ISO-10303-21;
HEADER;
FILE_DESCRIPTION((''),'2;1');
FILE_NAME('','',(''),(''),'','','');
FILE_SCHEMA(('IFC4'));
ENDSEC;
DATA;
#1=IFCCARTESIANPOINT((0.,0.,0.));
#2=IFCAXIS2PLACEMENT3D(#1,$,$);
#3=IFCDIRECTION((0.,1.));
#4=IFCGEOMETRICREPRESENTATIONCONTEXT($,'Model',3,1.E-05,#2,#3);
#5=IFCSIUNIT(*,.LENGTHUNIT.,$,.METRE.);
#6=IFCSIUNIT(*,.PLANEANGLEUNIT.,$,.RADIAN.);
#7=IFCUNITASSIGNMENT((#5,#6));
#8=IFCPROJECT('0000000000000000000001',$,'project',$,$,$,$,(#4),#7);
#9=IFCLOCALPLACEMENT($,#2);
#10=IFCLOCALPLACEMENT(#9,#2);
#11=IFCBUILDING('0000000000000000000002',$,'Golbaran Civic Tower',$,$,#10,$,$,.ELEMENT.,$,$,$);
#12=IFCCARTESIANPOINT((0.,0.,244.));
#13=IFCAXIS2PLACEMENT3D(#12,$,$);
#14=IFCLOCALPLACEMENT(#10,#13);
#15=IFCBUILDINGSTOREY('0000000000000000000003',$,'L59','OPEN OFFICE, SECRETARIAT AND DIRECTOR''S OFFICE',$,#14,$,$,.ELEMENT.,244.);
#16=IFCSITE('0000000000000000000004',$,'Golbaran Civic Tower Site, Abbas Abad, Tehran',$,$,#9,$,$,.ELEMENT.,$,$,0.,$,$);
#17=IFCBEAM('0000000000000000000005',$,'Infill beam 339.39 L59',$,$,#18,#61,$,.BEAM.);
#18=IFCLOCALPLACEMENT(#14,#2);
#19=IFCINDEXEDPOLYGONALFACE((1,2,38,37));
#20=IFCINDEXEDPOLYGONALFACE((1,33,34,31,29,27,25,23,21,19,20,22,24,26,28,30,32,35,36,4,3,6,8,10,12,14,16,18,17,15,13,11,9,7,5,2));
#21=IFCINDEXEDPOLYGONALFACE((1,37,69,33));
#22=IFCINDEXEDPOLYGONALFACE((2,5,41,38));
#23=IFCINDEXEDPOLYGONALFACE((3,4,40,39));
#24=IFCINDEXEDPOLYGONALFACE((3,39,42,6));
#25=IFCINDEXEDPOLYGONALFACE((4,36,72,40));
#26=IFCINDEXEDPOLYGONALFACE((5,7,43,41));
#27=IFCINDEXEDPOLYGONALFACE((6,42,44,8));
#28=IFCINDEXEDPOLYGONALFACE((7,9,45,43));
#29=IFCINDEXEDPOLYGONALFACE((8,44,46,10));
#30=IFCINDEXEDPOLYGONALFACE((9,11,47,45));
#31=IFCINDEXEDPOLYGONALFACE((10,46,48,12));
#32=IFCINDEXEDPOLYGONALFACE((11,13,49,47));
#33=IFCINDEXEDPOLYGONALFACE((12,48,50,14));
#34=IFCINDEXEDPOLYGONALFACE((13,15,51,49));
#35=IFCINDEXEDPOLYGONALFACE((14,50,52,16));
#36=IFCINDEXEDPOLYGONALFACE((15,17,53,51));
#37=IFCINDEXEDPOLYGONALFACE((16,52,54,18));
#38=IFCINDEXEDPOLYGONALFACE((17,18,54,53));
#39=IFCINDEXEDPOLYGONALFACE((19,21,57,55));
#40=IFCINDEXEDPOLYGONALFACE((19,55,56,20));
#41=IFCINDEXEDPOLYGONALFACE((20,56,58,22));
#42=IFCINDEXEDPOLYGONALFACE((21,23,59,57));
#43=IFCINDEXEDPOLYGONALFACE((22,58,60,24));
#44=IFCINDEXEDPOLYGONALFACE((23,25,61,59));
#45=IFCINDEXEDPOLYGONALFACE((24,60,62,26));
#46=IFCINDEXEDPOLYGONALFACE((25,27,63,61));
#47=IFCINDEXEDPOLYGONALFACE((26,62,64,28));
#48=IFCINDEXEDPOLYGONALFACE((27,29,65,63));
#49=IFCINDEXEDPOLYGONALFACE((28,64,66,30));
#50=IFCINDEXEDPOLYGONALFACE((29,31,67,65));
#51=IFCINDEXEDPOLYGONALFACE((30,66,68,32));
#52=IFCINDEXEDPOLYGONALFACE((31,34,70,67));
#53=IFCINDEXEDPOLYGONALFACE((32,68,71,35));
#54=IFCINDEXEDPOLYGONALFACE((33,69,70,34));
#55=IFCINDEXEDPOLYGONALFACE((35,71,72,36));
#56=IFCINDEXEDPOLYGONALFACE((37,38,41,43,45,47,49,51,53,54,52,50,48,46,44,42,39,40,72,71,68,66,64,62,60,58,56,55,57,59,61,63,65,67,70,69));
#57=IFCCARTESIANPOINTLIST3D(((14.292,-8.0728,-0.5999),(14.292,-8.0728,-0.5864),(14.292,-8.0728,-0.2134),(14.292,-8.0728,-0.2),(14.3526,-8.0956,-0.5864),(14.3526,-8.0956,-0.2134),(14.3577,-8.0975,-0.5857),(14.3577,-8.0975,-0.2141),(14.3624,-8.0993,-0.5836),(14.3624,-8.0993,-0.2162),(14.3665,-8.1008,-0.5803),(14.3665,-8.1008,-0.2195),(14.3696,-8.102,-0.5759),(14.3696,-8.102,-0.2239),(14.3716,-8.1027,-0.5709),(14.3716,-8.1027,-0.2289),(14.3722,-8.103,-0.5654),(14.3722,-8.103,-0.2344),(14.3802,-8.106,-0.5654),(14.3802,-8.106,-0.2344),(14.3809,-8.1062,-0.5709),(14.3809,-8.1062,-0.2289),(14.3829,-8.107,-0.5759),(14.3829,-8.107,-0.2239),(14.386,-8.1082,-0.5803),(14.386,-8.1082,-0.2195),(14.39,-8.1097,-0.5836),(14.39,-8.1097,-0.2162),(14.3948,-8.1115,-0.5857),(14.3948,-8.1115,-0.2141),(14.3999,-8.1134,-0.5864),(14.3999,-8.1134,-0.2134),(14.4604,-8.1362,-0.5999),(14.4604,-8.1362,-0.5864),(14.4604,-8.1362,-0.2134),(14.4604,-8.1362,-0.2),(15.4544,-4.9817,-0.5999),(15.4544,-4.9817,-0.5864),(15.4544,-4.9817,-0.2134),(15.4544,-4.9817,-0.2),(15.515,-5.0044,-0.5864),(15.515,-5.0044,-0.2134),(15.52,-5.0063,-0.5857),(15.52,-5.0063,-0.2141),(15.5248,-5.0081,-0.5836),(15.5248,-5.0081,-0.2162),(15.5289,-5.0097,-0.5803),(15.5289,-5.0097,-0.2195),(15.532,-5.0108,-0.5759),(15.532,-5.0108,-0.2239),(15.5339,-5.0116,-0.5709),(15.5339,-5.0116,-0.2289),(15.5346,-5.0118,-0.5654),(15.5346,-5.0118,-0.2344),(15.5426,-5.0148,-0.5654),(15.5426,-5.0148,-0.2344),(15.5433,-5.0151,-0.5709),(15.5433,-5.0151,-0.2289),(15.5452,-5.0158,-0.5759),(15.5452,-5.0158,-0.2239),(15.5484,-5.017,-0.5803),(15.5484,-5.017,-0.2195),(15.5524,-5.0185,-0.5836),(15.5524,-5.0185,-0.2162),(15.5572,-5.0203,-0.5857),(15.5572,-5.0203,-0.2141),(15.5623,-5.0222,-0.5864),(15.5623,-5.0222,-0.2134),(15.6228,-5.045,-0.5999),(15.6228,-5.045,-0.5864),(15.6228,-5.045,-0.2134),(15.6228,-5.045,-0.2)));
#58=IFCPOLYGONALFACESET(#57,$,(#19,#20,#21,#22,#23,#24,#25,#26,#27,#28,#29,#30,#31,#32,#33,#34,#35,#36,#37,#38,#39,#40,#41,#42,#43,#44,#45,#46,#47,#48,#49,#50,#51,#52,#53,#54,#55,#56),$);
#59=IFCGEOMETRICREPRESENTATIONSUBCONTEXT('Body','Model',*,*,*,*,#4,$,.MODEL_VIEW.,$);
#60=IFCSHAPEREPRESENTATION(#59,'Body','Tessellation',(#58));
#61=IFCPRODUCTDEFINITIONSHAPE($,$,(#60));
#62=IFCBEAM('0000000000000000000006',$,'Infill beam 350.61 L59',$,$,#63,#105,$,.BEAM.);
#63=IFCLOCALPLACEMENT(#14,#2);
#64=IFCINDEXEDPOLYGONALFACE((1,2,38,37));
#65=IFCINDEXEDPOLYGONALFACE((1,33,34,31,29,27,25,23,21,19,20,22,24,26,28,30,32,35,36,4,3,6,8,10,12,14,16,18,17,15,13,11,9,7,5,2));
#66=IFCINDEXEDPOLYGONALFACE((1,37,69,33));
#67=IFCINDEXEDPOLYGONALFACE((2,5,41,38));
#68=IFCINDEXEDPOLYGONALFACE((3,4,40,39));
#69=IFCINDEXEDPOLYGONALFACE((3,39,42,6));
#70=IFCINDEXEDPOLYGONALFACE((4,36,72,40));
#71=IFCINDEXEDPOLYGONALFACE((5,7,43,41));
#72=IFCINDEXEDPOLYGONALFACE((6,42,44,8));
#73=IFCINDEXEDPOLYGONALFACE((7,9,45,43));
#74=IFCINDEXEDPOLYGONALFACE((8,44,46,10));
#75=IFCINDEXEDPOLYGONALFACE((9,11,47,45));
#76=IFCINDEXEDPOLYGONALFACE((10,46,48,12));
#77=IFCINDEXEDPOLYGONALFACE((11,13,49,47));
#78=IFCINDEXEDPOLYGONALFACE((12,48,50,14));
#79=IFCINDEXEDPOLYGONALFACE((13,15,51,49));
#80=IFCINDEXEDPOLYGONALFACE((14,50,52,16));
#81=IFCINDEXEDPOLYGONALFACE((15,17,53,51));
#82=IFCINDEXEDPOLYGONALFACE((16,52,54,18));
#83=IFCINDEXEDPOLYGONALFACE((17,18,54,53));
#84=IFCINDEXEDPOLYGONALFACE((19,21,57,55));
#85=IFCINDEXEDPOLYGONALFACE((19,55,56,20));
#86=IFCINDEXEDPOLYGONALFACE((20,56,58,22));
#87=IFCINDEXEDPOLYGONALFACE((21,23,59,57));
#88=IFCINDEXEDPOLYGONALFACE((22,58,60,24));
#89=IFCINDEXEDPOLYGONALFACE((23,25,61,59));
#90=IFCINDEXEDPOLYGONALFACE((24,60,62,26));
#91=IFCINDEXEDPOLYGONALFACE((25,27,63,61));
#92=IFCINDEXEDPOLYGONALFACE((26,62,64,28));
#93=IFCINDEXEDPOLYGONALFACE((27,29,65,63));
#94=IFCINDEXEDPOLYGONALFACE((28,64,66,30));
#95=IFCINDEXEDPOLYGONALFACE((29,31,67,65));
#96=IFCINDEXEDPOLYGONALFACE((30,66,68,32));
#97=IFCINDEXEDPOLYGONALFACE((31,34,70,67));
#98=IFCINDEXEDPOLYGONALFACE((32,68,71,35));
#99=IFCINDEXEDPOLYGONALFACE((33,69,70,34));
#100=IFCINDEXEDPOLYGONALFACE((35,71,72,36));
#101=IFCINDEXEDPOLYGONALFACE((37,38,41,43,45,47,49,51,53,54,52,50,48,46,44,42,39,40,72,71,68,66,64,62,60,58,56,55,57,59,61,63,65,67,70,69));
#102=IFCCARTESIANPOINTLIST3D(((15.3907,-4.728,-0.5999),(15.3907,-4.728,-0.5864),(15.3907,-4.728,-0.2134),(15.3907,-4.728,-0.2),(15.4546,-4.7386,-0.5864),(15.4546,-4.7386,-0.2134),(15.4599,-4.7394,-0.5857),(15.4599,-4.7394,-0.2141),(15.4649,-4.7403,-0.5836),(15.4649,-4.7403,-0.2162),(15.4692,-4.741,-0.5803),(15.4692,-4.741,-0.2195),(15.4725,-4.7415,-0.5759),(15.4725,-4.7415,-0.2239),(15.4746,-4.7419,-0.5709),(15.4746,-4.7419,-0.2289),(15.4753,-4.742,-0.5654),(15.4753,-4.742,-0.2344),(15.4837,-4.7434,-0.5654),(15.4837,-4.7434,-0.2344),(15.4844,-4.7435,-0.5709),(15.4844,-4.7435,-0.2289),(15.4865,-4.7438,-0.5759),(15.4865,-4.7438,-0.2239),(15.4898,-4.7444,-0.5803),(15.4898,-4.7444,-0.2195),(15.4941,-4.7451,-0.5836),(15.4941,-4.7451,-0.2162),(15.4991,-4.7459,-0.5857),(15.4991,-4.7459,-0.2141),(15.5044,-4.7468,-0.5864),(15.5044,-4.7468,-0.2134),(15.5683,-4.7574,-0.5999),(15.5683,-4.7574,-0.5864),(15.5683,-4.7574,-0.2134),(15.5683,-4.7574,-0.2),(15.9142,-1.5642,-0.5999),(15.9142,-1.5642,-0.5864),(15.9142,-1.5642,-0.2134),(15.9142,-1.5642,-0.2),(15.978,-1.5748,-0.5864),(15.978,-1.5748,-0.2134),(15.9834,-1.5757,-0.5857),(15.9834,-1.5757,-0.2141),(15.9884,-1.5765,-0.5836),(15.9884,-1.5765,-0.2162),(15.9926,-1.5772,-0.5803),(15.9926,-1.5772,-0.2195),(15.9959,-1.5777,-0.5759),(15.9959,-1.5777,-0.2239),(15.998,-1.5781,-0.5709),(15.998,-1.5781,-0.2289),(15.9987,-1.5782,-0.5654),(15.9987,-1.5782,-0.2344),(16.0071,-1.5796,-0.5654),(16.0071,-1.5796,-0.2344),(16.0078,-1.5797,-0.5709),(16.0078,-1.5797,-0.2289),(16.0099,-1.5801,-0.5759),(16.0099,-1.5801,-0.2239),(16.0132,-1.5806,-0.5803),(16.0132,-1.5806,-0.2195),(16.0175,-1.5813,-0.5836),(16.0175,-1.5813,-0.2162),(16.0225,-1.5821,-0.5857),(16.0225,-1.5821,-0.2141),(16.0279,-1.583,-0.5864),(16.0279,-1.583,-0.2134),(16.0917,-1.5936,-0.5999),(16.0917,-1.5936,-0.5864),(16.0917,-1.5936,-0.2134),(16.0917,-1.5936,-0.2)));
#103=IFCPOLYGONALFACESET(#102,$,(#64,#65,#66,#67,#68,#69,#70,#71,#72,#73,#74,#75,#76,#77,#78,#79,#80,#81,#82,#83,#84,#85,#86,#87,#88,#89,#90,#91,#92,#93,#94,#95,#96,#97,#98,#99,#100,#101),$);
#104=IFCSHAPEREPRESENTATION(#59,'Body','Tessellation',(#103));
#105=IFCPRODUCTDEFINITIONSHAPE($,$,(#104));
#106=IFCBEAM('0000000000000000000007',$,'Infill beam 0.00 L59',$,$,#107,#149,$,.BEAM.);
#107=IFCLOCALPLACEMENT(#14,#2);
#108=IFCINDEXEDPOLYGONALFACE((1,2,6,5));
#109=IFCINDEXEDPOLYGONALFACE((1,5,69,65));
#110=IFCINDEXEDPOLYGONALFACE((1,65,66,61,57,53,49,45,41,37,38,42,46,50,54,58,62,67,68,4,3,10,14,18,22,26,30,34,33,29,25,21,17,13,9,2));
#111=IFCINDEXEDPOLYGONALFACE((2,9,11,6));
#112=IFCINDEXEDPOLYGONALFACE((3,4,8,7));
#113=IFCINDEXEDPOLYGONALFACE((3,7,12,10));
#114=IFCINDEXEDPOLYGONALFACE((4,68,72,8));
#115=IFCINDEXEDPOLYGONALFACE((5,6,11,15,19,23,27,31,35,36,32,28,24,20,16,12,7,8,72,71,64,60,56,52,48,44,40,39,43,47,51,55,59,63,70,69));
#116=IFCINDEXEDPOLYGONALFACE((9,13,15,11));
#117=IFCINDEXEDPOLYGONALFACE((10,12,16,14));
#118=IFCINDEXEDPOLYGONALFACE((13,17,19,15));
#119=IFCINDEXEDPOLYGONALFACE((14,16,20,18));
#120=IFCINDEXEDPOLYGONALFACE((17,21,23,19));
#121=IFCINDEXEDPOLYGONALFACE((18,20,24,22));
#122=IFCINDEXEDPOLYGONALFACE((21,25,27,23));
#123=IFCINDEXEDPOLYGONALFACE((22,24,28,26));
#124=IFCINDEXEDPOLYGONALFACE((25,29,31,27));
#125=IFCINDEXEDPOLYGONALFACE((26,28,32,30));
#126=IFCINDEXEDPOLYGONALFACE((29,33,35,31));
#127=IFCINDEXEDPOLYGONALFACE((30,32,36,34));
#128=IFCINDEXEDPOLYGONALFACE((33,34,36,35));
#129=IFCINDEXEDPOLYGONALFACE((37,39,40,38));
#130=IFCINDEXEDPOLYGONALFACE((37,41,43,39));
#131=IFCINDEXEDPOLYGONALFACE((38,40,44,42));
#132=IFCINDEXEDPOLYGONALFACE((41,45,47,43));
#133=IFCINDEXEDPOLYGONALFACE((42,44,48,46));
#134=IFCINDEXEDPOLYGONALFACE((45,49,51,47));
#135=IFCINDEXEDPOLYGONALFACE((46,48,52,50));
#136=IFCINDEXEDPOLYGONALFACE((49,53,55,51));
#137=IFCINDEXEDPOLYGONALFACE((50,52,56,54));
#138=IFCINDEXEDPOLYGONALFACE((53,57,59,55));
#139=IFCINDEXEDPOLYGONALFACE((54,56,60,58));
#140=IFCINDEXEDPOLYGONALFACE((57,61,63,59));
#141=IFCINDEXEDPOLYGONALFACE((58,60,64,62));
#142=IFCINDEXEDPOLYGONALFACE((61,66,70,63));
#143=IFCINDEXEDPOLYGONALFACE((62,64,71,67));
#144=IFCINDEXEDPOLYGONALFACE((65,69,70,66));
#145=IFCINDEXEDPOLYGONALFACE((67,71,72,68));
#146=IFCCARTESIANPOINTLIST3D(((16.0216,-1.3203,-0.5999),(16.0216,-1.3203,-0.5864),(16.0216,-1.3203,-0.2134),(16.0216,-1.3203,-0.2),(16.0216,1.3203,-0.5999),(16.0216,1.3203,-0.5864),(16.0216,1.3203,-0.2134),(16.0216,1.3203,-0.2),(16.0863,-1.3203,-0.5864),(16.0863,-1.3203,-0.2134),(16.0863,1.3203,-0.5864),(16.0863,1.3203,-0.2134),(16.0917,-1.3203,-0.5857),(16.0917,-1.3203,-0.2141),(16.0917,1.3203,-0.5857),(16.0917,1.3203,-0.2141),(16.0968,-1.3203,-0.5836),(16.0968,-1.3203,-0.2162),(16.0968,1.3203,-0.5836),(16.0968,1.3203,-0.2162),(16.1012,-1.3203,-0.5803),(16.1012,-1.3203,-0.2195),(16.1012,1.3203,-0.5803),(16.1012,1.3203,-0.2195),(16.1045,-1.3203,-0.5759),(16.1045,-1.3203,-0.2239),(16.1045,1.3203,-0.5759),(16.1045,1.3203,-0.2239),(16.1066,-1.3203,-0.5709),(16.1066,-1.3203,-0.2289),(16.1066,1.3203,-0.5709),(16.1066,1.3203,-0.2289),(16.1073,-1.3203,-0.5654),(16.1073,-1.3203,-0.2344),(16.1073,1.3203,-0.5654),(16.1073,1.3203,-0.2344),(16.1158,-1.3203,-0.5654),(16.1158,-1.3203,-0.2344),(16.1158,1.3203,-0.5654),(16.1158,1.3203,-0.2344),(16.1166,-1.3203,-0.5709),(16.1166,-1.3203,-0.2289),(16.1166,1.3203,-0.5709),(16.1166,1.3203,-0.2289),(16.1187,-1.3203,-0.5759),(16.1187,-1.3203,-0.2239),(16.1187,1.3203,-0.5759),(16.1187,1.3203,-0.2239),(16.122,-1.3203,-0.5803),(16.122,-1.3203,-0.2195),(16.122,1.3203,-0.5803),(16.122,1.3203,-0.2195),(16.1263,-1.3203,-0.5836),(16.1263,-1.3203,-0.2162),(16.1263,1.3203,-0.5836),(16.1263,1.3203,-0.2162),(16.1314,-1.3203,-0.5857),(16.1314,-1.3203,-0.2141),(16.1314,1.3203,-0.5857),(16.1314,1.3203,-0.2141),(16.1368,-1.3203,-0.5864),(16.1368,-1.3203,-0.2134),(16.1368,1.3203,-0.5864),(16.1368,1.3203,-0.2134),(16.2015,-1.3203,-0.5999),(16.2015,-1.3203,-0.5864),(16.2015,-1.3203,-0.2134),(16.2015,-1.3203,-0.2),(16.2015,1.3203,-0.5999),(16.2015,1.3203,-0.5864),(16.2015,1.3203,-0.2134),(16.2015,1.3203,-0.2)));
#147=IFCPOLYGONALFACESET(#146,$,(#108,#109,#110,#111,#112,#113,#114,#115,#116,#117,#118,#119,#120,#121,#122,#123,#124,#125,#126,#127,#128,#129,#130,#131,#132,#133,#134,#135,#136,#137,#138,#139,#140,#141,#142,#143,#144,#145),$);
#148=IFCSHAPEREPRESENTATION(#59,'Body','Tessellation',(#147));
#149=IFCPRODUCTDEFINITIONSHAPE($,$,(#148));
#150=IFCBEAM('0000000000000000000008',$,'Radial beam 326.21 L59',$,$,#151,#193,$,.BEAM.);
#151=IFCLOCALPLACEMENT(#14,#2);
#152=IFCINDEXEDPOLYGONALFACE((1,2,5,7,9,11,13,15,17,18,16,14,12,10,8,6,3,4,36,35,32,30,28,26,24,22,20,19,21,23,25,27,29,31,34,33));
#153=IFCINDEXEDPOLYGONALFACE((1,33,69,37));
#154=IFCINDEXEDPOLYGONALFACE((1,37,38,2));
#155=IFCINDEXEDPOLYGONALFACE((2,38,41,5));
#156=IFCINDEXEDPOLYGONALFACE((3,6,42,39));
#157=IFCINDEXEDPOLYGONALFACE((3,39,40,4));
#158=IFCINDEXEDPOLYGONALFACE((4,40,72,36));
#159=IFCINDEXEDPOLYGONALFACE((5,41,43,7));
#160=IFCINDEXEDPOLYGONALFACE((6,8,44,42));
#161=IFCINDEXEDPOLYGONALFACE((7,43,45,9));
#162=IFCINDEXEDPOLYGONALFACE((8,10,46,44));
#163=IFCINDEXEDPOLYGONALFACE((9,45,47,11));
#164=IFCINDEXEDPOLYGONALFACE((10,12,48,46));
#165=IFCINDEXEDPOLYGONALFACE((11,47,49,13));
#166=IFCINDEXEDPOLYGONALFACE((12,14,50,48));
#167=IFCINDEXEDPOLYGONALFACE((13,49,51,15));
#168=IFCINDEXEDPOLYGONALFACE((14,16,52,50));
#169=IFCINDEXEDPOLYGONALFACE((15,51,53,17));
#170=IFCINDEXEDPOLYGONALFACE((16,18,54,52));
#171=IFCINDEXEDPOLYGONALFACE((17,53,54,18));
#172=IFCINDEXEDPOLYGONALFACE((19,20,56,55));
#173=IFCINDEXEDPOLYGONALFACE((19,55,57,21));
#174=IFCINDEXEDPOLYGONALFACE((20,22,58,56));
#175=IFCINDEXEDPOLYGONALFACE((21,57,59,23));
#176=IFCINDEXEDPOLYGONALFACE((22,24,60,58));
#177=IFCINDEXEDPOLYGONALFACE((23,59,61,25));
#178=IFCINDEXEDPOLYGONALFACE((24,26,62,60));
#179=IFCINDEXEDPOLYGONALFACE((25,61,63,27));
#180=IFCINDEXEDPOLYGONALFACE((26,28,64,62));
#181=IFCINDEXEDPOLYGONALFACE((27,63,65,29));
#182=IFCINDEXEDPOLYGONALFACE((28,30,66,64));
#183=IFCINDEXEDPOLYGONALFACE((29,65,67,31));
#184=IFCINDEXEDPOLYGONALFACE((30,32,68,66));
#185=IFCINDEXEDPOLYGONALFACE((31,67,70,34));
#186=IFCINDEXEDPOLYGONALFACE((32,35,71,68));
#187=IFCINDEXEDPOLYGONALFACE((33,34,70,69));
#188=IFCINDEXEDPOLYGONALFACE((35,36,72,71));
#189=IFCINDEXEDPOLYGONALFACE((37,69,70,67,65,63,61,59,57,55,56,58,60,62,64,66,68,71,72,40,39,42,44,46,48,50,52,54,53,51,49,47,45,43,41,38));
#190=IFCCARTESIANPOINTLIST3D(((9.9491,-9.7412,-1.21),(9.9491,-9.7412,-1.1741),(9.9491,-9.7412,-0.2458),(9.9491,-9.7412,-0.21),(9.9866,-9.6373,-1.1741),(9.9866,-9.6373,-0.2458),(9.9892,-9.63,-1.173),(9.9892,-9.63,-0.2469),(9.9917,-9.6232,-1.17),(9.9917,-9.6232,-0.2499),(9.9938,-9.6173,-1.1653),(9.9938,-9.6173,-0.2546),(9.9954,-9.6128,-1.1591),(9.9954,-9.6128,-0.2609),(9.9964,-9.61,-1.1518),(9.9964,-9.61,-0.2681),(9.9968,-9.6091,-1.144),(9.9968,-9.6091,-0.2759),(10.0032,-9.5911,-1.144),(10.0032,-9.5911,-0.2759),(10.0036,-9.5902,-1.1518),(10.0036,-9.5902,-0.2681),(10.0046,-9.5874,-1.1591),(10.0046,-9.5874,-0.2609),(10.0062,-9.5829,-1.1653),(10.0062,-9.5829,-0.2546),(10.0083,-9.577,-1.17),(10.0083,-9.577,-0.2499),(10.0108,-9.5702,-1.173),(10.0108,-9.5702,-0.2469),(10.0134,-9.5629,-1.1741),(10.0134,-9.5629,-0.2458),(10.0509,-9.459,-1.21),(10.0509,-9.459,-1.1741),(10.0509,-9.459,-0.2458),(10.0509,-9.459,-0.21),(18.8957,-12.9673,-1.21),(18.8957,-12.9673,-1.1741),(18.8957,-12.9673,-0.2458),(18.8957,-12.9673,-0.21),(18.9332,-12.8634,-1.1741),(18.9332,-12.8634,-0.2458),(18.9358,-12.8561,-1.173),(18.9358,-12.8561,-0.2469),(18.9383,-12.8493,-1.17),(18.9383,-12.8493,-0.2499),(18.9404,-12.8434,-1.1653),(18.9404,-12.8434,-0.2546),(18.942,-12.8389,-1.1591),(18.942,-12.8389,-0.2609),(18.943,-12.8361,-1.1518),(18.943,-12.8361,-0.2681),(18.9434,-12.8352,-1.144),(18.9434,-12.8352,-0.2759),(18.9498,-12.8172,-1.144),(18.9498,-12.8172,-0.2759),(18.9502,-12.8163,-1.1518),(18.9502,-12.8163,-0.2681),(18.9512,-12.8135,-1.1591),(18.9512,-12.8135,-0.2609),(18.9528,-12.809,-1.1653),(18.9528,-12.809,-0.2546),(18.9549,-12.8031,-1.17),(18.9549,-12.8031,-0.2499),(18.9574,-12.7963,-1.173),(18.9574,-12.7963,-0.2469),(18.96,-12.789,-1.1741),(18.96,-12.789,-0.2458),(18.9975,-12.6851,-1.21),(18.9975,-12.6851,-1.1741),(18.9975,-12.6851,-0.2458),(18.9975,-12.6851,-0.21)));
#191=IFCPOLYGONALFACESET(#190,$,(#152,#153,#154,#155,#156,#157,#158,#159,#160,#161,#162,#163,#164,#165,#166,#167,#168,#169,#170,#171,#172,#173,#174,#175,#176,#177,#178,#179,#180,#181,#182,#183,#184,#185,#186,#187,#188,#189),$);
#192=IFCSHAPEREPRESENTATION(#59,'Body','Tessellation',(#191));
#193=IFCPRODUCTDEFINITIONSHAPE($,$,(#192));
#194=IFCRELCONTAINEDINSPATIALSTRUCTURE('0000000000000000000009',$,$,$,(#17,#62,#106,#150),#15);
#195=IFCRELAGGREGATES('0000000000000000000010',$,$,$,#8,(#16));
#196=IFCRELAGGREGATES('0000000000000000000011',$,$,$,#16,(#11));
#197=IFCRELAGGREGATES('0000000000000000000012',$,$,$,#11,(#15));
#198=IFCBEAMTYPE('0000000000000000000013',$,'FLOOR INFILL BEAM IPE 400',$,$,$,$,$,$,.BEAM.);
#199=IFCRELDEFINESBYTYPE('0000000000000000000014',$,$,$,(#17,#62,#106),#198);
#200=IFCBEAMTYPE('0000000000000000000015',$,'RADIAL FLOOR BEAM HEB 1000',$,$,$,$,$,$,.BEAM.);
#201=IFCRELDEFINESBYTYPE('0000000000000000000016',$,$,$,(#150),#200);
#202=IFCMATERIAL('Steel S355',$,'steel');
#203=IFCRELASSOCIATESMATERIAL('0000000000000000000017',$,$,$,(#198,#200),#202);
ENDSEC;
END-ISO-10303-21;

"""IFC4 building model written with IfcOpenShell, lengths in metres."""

from ifc_helpers import new_model, si_unit, direction, frame, origin, origin_2d, place, context, subcontext, project, spatial, i_section, extrude, material, material_profile, profile_set, type_object, element, save


model = new_model("IFC4")

# Units and contexts
model_context = context("Model", 3, precision=1e-05, world=origin(), true_north=direction((0.0, 1.0)))
body_context = subcontext(model_context, "Body", "Model", "MODEL_VIEW")
ifc_project = project(units=[si_unit("LENGTHUNIT", "METRE"), si_unit("PLANEANGLEUNIT", "RADIAN")], contexts=[model_context])

# Site, building, storey
site_placement = place(None, origin())
site = spatial("IfcSite", under=ifc_project, at=site_placement, Name="Golbaran Civic Tower Site, Abbas Abad, Tehran", CompositionType="ELEMENT", RefElevation=0.0)
building_placement = place(site_placement, origin())
building = spatial("IfcBuilding", under=site, at=building_placement, Name="Golbaran Civic Tower", CompositionType="ELEMENT")
storey_placement = place(building_placement, frame((0.0, 0.0, 244.0)))
storey = spatial("IfcBuildingStorey", under=building, at=storey_placement, Name="L59", Description="OPEN OFFICE, SECRETARIAT AND DIRECTOR'S OFFICE", CompositionType="ELEMENT", Elevation=244.0)

# Beams
ifc_material_1 = material(Name="Steel S355", Category="steel")
ifc_material_profile_1 = material_profile(ifc_material_1, i_section(OverallWidth=0.1799, OverallDepth=0.3999, WebThickness=0.0085, FlangeThickness=0.0134, FilletRadius=0.021, at=origin_2d()), Name="IPE 400")
ifc_profile_set_1 = profile_set([ifc_material_profile_1], Name="Steel S355")
beam_type_1 = type_object("IfcBeamType", Name="FLOOR INFILL BEAM IPE 400", PredefinedType="BEAM", material=ifc_profile_set_1)
beam_1_placement = place(storey_placement, frame((14.3762, -8.1045, -0.3999), z_axis=(0.351974, 0.93601, 0.0), x_axis=(-0.93601, 0.351974, 0.0)))
element("IfcBeam", 1, at=beam_1_placement, inside=storey, type_object=beam_type_1, Name="Infill beam 339.39 L59", PredefinedType="BEAM", context=body_context, shape_type="SweptSolid", body=[
    extrude(i_section(OverallWidth=0.1799, OverallDepth=0.3999, WebThickness=0.0085, FlangeThickness=0.0134, FilletRadius=0.021, at=origin_2d()), origin(), (0.0, 0.0, 1.0), 3.3025),
])
beam_2_placement = place(storey_placement, frame((15.4795, -4.7427, -0.3999), z_axis=(0.163226, 0.986589, 0.0), x_axis=(-0.986589, 0.163226, 0.0)))
element("IfcBeam", 2, at=beam_2_placement, inside=storey, type_object=beam_type_1, Name="Infill beam 350.61 L59", PredefinedType="BEAM", context=body_context, shape_type="SweptSolid", body=[
    extrude(i_section(OverallWidth=0.1799, OverallDepth=0.3999, WebThickness=0.0085, FlangeThickness=0.0134, FilletRadius=0.021, at=origin_2d()), origin(), (0.0, 0.0, 1.0), 3.2068),
])
beam_3_placement = place(storey_placement, frame((16.1116, -1.3203, -0.3999), z_axis=(0.0, 1.0, 0.0), x_axis=(-1.0, 0.0, 0.0)))
element("IfcBeam", 3, at=beam_3_placement, inside=storey, type_object=beam_type_1, Name="Infill beam 0.00 L59", PredefinedType="BEAM", context=body_context, shape_type="SweptSolid", body=[
    extrude(i_section(OverallWidth=0.1799, OverallDepth=0.3999, WebThickness=0.0085, FlangeThickness=0.0134, FilletRadius=0.021, at=origin_2d()), origin(), (0.0, 0.0, 1.0), 2.6406),
])
ifc_material_profile_2 = material_profile(ifc_material_1, i_section(OverallWidth=0.3, OverallDepth=1.0, WebThickness=0.019, FlangeThickness=0.0359, FilletRadius=0.03, at=origin_2d()), Name="HEB 1000")
ifc_profile_set_2 = profile_set([ifc_material_profile_2], Name="Steel S355")
beam_type_2 = type_object("IfcBeamType", Name="RADIAL FLOOR BEAM HEB 1000", PredefinedType="BEAM", material=ifc_profile_set_2)
beam_4_placement = place(storey_placement, frame((10.0, -9.6001, -0.71), z_axis=(0.940709, -0.339215, 0.0), x_axis=(0.339215, 0.940709, 0.0)))
element("IfcBeam", 4, at=beam_4_placement, inside=storey, type_object=beam_type_2, Name="Radial beam 326.21 L59", PredefinedType="BEAM", context=body_context, shape_type="SweptSolid", body=[
    extrude(i_section(OverallWidth=0.3, OverallDepth=1.0, WebThickness=0.019, FlangeThickness=0.0359, FilletRadius=0.03, at=origin_2d()), origin(), (0.0, 0.0, 1.0), 9.5105),
])

save(model, "model.ifc")
